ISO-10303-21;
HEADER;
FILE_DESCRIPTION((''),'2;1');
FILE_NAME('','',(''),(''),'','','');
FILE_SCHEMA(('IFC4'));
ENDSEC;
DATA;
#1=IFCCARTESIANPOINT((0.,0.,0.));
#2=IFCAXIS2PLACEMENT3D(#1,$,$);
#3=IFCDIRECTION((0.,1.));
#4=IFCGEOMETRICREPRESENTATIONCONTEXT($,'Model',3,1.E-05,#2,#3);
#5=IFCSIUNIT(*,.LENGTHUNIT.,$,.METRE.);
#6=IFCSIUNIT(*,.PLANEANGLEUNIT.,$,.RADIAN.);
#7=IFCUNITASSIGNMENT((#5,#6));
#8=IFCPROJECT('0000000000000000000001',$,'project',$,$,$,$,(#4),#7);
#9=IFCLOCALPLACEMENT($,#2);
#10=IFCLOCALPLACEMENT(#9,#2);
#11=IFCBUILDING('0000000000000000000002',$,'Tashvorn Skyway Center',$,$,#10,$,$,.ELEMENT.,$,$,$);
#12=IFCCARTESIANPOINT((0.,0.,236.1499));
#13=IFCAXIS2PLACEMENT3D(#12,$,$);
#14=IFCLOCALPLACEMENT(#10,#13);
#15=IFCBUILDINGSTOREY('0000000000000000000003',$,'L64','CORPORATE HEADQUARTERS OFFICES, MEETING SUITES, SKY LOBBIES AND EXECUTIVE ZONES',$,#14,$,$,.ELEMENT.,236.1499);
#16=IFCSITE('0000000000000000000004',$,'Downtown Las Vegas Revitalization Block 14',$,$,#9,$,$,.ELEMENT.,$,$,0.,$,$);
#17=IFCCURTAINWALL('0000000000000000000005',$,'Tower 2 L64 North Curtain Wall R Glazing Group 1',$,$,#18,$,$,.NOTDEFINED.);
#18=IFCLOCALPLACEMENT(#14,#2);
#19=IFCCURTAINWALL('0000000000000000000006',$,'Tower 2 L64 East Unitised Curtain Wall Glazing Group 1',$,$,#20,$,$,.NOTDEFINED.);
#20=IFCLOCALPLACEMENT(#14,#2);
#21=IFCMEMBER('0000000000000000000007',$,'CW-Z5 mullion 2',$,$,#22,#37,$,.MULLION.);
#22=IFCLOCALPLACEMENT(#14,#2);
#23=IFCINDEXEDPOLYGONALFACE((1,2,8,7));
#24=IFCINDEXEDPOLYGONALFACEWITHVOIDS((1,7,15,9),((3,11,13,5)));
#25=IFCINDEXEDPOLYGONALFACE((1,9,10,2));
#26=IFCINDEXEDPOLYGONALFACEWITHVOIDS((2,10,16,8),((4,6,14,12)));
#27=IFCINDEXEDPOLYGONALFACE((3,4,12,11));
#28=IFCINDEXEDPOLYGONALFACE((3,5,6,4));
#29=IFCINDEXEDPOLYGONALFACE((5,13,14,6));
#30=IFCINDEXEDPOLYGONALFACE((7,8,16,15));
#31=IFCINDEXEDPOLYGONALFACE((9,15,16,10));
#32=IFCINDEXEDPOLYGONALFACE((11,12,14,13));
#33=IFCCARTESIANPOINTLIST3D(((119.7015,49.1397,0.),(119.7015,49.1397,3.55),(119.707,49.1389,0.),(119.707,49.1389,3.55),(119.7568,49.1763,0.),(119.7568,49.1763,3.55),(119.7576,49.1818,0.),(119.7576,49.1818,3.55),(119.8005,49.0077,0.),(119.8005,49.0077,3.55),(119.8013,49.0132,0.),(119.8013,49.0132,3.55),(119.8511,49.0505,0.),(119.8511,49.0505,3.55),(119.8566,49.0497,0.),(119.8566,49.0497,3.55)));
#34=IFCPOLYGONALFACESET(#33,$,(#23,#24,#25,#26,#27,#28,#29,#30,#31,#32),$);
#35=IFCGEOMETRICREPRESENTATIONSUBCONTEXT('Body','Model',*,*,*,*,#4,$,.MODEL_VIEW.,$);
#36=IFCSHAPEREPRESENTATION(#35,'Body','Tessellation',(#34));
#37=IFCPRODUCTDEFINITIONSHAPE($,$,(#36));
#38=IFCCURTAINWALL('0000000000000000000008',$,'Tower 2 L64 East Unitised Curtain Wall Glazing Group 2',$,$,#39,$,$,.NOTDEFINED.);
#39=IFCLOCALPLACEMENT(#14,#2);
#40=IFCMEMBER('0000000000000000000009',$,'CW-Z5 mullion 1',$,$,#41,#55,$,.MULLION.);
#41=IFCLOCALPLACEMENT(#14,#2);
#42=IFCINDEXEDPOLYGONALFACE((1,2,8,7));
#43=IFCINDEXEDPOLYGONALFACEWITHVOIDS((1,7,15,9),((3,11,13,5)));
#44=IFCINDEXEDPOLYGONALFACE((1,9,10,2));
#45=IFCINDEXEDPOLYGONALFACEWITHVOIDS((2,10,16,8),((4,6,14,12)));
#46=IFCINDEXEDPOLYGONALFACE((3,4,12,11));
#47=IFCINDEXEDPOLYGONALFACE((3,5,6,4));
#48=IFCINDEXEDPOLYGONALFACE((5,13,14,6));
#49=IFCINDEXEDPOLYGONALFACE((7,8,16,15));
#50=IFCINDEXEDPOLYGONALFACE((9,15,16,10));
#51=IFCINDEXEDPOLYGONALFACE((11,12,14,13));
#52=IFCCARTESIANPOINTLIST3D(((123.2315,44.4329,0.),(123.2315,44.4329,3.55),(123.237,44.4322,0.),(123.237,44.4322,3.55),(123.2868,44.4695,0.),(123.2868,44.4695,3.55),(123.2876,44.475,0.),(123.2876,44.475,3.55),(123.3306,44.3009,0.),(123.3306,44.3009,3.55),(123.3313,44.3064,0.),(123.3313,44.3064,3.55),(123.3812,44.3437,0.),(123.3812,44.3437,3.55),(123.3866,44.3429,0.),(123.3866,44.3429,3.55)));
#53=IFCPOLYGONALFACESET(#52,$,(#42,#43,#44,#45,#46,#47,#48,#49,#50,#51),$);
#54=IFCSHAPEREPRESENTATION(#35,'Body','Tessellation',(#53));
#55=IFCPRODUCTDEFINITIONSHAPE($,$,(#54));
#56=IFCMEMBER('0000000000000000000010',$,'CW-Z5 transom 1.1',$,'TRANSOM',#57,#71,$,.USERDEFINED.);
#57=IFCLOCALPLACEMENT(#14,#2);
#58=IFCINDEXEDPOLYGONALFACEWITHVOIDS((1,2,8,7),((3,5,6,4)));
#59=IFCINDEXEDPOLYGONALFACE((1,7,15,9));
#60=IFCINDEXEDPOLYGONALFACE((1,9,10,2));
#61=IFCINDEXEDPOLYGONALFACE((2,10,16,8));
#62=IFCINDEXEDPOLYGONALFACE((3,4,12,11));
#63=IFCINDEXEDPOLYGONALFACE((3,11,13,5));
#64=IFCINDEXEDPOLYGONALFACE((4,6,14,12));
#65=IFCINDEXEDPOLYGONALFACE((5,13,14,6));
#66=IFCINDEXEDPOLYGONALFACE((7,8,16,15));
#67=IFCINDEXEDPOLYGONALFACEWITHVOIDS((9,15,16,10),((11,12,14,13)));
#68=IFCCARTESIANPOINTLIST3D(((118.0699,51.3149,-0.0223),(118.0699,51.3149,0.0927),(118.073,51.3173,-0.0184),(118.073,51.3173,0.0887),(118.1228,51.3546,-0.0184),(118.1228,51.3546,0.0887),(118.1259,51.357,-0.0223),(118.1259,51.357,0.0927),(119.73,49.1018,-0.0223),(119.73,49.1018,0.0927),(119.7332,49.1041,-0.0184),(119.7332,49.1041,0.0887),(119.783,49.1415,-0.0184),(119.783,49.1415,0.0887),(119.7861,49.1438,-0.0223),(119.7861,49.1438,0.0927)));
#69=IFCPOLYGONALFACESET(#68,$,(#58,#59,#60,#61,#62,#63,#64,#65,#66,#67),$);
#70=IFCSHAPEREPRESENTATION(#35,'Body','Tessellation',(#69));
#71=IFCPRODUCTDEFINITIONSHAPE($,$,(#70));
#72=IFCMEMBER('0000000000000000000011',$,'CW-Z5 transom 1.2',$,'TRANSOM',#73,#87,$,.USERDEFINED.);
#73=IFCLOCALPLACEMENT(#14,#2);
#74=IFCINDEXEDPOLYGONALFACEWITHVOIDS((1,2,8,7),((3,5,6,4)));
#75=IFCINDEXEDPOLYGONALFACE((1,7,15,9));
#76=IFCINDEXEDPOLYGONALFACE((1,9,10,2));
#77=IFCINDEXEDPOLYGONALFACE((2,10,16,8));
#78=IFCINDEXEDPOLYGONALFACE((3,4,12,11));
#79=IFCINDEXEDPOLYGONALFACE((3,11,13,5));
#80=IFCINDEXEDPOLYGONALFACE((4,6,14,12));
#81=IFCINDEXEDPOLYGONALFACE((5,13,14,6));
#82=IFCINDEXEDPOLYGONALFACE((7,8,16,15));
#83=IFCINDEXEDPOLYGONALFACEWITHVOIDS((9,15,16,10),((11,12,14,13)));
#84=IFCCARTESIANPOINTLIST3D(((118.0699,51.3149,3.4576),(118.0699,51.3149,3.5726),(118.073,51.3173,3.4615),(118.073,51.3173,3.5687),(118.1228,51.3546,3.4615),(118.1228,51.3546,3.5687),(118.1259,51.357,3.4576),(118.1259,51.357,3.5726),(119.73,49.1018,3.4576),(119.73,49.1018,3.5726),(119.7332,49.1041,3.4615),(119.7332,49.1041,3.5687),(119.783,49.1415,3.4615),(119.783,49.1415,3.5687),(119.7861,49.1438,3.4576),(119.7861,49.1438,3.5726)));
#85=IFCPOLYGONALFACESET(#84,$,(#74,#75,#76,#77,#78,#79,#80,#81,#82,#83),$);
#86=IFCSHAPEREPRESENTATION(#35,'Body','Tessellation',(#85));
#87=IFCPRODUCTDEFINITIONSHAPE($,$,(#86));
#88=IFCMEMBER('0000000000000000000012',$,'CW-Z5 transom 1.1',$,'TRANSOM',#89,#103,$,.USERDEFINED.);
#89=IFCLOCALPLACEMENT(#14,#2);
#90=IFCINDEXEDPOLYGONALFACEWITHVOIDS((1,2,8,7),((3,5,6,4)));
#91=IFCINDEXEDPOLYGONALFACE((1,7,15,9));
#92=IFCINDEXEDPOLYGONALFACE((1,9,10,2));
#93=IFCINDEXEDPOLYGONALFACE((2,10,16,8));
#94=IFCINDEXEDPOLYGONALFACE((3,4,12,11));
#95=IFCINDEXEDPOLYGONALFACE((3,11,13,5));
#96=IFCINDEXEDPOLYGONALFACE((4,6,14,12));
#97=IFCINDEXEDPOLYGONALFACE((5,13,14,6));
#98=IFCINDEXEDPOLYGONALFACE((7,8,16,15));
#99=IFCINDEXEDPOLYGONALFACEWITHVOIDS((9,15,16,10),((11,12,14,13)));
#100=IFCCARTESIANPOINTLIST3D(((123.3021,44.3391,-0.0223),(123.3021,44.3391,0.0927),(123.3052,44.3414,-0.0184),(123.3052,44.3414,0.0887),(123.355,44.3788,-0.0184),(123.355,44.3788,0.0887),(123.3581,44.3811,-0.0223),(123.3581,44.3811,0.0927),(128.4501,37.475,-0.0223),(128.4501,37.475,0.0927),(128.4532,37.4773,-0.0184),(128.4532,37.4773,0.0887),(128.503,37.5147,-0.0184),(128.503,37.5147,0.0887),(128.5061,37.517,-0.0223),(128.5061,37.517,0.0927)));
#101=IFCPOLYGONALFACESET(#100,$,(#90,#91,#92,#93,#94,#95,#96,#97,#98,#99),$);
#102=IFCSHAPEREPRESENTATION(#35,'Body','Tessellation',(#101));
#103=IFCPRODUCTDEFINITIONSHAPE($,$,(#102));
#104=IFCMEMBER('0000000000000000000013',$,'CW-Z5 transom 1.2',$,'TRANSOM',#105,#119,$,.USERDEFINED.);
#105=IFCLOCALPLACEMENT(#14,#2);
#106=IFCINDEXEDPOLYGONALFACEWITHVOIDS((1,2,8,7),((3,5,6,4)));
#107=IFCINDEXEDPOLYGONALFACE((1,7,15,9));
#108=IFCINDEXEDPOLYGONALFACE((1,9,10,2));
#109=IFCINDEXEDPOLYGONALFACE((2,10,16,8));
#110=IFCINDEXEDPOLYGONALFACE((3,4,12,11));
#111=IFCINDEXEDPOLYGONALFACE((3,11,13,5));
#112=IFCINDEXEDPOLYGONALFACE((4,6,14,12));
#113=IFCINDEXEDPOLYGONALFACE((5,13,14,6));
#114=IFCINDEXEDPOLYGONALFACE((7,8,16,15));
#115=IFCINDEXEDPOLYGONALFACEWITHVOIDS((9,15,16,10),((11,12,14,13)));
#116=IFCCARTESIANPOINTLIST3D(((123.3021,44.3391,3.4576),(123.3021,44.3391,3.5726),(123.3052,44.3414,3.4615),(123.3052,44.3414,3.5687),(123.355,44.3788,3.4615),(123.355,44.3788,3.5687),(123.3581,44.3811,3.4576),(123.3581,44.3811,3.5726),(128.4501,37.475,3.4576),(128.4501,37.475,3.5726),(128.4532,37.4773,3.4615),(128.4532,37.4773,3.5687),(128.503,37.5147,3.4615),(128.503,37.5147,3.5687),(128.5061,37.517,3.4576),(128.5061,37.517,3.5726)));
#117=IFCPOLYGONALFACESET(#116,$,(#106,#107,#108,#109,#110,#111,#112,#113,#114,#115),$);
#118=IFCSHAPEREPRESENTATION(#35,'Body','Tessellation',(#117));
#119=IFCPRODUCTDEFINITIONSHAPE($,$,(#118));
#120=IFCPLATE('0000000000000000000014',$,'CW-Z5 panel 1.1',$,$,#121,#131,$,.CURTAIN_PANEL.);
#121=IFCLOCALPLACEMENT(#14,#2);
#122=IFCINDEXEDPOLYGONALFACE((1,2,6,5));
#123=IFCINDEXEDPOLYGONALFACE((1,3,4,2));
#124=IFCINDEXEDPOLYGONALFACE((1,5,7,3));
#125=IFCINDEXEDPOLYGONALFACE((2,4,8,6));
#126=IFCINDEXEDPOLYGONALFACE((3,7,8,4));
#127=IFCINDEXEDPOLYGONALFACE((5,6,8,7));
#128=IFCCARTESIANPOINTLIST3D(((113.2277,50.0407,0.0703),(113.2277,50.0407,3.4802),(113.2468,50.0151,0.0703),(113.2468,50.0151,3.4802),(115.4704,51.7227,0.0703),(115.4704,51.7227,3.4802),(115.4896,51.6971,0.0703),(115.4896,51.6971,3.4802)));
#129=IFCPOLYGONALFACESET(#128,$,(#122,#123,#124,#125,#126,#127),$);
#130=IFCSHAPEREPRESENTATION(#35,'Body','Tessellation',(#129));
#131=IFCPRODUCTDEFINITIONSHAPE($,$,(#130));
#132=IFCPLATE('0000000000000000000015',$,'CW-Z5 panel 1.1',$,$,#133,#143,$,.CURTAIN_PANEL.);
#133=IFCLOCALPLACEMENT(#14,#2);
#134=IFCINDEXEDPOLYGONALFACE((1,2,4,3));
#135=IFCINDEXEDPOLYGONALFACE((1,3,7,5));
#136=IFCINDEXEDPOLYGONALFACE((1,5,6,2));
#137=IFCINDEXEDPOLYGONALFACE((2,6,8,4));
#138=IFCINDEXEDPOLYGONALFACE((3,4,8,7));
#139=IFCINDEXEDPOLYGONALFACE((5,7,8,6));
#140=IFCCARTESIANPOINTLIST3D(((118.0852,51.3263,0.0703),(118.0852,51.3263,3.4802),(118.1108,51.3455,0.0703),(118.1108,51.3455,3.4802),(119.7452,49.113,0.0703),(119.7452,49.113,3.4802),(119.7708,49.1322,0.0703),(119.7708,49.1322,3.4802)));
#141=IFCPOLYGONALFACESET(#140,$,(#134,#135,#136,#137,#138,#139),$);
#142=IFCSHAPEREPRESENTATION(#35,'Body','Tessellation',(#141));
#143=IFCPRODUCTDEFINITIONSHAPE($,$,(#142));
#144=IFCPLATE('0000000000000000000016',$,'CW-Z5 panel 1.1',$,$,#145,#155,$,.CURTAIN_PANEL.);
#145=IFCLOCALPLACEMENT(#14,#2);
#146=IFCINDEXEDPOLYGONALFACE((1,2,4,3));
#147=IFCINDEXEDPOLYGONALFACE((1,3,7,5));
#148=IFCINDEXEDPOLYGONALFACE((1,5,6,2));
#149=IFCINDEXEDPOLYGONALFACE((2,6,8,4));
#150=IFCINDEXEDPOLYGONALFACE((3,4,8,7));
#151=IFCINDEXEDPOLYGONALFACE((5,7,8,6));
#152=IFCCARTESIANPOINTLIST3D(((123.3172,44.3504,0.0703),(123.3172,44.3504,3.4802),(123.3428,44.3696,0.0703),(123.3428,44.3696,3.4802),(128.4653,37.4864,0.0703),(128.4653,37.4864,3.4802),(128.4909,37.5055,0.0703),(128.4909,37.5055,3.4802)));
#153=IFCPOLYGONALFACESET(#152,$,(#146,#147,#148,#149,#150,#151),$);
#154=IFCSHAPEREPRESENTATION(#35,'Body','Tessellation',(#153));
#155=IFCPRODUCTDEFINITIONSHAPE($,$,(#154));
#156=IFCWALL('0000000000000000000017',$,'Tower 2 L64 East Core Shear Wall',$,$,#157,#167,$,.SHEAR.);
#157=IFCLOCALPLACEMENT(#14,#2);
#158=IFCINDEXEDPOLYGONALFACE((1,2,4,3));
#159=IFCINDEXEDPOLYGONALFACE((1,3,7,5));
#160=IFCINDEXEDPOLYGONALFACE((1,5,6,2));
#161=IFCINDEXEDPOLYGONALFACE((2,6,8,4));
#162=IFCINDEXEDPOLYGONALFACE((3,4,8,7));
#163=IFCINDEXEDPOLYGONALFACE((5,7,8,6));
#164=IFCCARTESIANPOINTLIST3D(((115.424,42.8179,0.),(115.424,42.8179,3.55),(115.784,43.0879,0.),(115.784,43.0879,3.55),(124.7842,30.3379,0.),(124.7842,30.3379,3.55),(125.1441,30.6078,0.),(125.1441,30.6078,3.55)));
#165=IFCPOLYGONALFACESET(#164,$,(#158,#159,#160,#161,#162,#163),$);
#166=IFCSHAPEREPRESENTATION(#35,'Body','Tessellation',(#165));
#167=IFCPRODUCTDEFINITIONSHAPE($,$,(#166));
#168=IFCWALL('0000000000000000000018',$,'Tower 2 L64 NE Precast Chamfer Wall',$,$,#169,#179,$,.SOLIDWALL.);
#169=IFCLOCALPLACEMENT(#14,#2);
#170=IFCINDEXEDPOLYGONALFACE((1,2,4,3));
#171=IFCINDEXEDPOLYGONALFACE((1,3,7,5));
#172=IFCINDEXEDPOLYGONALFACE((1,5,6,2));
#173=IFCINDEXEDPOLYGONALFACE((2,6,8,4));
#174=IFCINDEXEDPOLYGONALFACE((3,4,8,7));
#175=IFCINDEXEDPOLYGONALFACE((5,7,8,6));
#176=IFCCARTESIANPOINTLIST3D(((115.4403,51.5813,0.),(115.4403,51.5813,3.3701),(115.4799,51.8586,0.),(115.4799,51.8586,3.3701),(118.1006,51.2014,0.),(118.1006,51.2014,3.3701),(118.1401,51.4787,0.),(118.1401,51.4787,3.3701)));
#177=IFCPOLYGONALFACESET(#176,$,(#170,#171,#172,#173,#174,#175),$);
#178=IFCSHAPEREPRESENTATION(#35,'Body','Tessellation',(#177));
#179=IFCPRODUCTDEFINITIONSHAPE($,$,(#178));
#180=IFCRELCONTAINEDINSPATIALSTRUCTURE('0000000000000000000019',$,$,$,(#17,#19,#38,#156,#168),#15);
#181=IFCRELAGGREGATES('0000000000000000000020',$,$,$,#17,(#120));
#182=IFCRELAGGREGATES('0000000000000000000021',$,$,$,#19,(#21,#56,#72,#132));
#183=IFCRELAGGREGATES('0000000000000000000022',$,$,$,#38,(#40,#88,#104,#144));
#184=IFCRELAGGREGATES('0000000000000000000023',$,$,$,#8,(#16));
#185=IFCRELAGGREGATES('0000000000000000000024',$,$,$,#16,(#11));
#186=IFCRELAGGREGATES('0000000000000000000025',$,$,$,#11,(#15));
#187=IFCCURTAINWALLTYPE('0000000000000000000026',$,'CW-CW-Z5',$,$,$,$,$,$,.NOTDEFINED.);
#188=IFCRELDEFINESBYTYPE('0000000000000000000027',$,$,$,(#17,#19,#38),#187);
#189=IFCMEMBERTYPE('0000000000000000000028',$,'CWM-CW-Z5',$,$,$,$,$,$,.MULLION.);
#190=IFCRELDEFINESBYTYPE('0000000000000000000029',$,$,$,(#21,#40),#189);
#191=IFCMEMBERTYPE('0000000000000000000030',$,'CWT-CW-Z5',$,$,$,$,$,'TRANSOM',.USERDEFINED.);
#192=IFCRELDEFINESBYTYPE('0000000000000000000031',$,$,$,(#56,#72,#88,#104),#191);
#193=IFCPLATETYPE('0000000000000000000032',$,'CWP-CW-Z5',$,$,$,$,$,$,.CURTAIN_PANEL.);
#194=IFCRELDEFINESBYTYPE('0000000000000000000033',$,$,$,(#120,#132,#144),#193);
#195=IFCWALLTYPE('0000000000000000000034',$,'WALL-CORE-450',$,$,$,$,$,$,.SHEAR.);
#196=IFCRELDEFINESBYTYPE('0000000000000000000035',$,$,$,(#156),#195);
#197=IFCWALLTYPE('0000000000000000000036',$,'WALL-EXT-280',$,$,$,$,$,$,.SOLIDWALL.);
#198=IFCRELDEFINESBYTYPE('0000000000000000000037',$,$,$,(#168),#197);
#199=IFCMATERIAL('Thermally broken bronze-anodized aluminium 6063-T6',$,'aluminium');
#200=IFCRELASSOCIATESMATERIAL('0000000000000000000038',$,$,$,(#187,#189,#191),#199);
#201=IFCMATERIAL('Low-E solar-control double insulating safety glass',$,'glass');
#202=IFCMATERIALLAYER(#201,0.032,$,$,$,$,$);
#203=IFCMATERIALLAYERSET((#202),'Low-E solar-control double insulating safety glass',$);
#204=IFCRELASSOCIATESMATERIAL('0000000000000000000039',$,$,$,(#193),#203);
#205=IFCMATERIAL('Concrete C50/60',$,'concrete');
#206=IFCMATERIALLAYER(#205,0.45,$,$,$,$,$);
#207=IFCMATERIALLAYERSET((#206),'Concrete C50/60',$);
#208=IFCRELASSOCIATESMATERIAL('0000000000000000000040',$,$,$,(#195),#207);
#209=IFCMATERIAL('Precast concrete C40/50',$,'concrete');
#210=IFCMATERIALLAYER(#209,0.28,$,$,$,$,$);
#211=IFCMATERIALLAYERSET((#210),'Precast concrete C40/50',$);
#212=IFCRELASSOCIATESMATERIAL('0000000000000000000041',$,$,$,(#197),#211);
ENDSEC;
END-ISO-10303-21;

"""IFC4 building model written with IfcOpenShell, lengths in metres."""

from ifc_helpers import new_model, si_unit, direction, frame, frame_2d, origin, origin_2d, place, context, subcontext, project, spatial, rectangle, hollow_rectangle, extrude, material, layer, layer_set, material_profile, profile_set, type_object, element, aggregate, save


model = new_model("IFC4")

# Units and contexts
model_context = context("Model", 3, precision=1e-05, world=origin(), true_north=direction((0.0, 1.0)))
body_context = subcontext(model_context, "Body", "Model", "MODEL_VIEW")
ifc_project = project(units=[si_unit("LENGTHUNIT", "METRE"), si_unit("PLANEANGLEUNIT", "RADIAN")], contexts=[model_context])

# Site, building, storey
site_placement = place(None, origin())
site = spatial("IfcSite", under=ifc_project, at=site_placement, Name="Downtown Las Vegas Revitalization Block 14", CompositionType="ELEMENT", RefElevation=0.0)
building_placement = place(site_placement, origin())
building = spatial("IfcBuilding", under=site, at=building_placement, Name="Tashvorn Skyway Center", CompositionType="ELEMENT")
storey_placement = place(building_placement, frame((0.0, 0.0, 236.1499)))
storey = spatial("IfcBuildingStorey", under=building, at=storey_placement, Name="L64", Description="CORPORATE HEADQUARTERS OFFICES, MEETING SUITES, SKY LOBBIES AND EXECUTIVE ZONES", CompositionType="ELEMENT", Elevation=236.1499)

# Curtain wall
ifc_material_1 = material(Name="Thermally broken bronze-anodized aluminium 6063-T6", Category="aluminium")
curtain_wall_type = type_object("IfcCurtainWallType", Name="CW-CW-Z5", PredefinedType="NOTDEFINED", material=ifc_material_1)
curtain_wall_1_placement = place(storey_placement, origin())
curtain_wall_1 = element("IfcCurtainWall", 1, at=curtain_wall_1_placement, inside=storey, type_object=curtain_wall_type, Name="Tower 2 L64 North Curtain Wall R Glazing Group 1", PredefinedType="NOTDEFINED")
ifc_material_profile_1 = material_profile(ifc_material_1, hollow_rectangle(XDim=0.0701, YDim=0.165, WallThickness=0.0039, at=origin_2d()), Name="ALU-MULL-70x165")
ifc_profile_set_1 = profile_set([ifc_material_profile_1], Name="Thermally broken bronze-anodized aluminium 6063-T6")
member_type_1 = type_object("IfcMemberType", Name="CWM-CW-Z5", PredefinedType="MULLION", material=ifc_profile_set_1)

# Curtain wall, member
curtain_wall_2_placement = place(storey_placement, origin())
curtain_wall_2 = element("IfcCurtainWall", 2, at=curtain_wall_2_placement, inside=storey, type_object=curtain_wall_type, Name="Tower 2 L64 East Unitised Curtain Wall Glazing Group 1", PredefinedType="NOTDEFINED")
member_1_placement = place(storey_placement, frame((119.7791, 49.0947, 0.0), z_axis=(0.0, 0.0, 1.0), x_axis=(0.799996, 0.600006, 0.0)))
member_1 = element("IfcMember", 3, at=member_1_placement, type_object=member_type_1, Name="CW-Z5 mullion 2", PredefinedType="MULLION", context=body_context, shape_type="SweptSolid", body=[
    extrude(hollow_rectangle(XDim=0.0701, YDim=0.165, WallThickness=0.0039, at=origin_2d()), origin(), (0.0, 0.0, 1.0), 3.55),
])

# Curtain wall, member
curtain_wall_3_placement = place(storey_placement, origin())
curtain_wall_3 = element("IfcCurtainWall", 4, at=curtain_wall_3_placement, inside=storey, type_object=curtain_wall_type, Name="Tower 2 L64 East Unitised Curtain Wall Glazing Group 2", PredefinedType="NOTDEFINED")
member_2_placement = place(storey_placement, frame((123.3091, 44.3879, 0.0), z_axis=(0.0, 0.0, 1.0), x_axis=(0.8, 0.6, 0.0)))
member_2 = element("IfcMember", 5, at=member_2_placement, type_object=member_type_1, Name="CW-Z5 mullion 1", PredefinedType="MULLION", context=body_context, shape_type="SweptSolid", body=[
    extrude(hollow_rectangle(XDim=0.0701, YDim=0.165, WallThickness=0.0039, at=origin_2d()), origin(), (0.0, 0.0, 1.0), 3.55),
])

# Members
ifc_material_profile_2 = material_profile(ifc_material_1, hollow_rectangle(XDim=0.0701, YDim=0.115, WallThickness=0.0039, at=origin_2d()), Name="ALU-TRAN-70x115")
ifc_profile_set_2 = profile_set([ifc_material_profile_2], Name="Thermally broken bronze-anodized aluminium 6063-T6")
member_type_2 = type_object("IfcMemberType", Name="CWT-CW-Z5", ElementType="TRANSOM", PredefinedType="USERDEFINED", material=ifc_profile_set_2)
member_3_placement = place(storey_placement, frame((118.0979, 51.3359, 0.0352), z_axis=(0.600071, -0.799947, 0.0), x_axis=(0.799947, 0.600071, 0.0)))
member_3 = element("IfcMember", 6, at=member_3_placement, type_object=member_type_2, Name="CW-Z5 transom 1.1", ObjectType="TRANSOM", PredefinedType="USERDEFINED", context=body_context, shape_type="SweptSolid", body=[
    extrude(hollow_rectangle(XDim=0.0701, YDim=0.115, WallThickness=0.0039, at=origin_2d()), origin(), (0.0, 0.0, 1.0), 2.7666),
])
member_4_placement = place(storey_placement, frame((118.0979, 51.3359, 3.5151), z_axis=(0.600071, -0.799947, 0.0), x_axis=(0.799947, 0.600071, 0.0)))
member_4 = element("IfcMember", 7, at=member_4_placement, type_object=member_type_2, Name="CW-Z5 transom 1.2", ObjectType="TRANSOM", PredefinedType="USERDEFINED", context=body_context, shape_type="SweptSolid", body=[
    extrude(hollow_rectangle(XDim=0.0701, YDim=0.115, WallThickness=0.0039, at=origin_2d()), origin(), (0.0, 0.0, 1.0), 2.7666),
])
member_5_placement = place(storey_placement, frame((123.3301, 44.3601, 0.0352), z_axis=(0.599995, -0.800003, 0.0), x_axis=(0.800003, 0.599995, 0.0)))
member_5 = element("IfcMember", 8, at=member_5_placement, type_object=member_type_2, Name="CW-Z5 transom 1.1", ObjectType="TRANSOM", PredefinedType="USERDEFINED", context=body_context, shape_type="SweptSolid", body=[
    extrude(hollow_rectangle(XDim=0.0701, YDim=0.115, WallThickness=0.0039, at=origin_2d()), origin(), (0.0, 0.0, 1.0), 8.5801),
])
member_6_placement = place(storey_placement, frame((123.3301, 44.3601, 3.5151), z_axis=(0.599995, -0.800003, 0.0), x_axis=(0.800003, 0.599995, 0.0)))
member_6 = element("IfcMember", 9, at=member_6_placement, type_object=member_type_2, Name="CW-Z5 transom 1.2", ObjectType="TRANSOM", PredefinedType="USERDEFINED", context=body_context, shape_type="SweptSolid", body=[
    extrude(hollow_rectangle(XDim=0.0701, YDim=0.115, WallThickness=0.0039, at=origin_2d()), origin(), (0.0, 0.0, 1.0), 8.5801),
])

# Plates
ifc_material_2 = material(Name="Low-E solar-control double insulating safety glass", Category="glass")
ifc_layer_1 = layer(ifc_material_2, 0.032)
ifc_layer_set_1 = layer_set([ifc_layer_1], Name="Low-E solar-control double insulating safety glass")
plate_type = type_object("IfcPlateType", Name="CWP-CW-Z5", PredefinedType="CURTAIN_PANEL", material=ifc_layer_set_1)
plate_1_placement = place(storey_placement, frame((114.3586, 50.8689, 0.0703), z_axis=(0.0, 0.0, 1.0), x_axis=(0.800004, 0.599995, 0.0)))
plate_1 = element("IfcPlate", 10, at=plate_1_placement, type_object=plate_type, Name="CW-Z5 panel 1.1", PredefinedType="CURTAIN_PANEL", context=body_context, shape_type="SweptSolid", body=[
    extrude(rectangle(XDim=2.8035, YDim=0.032, at=origin_2d()), origin(), (0.0, 0.0, 1.0), 3.4099),
])
aggregate(curtain_wall_1, [plate_1])
plate_2_placement = place(storey_placement, frame((118.928, 50.2292, 0.0703), z_axis=(0.0, 0.0, 1.0), x_axis=(0.600006, -0.799996, 0.0)))
plate_2 = element("IfcPlate", 11, at=plate_2_placement, type_object=plate_type, Name="CW-Z5 panel 1.1", PredefinedType="CURTAIN_PANEL", context=body_context, shape_type="SweptSolid", body=[
    extrude(rectangle(XDim=2.7666, YDim=0.032, at=origin_2d()), origin(), (0.0, 0.0, 1.0), 3.4099),
])
aggregate(curtain_wall_2, [member_1, member_3, member_4, plate_2])
plate_3_placement = place(storey_placement, frame((125.9041, 40.928, 0.0703), z_axis=(0.0, 0.0, 1.0), x_axis=(0.6, -0.8, 0.0)))
plate_3 = element("IfcPlate", 12, at=plate_3_placement, type_object=plate_type, Name="CW-Z5 panel 1.1", PredefinedType="CURTAIN_PANEL", context=body_context, shape_type="SweptSolid", body=[
    extrude(rectangle(XDim=8.5801, YDim=0.032, at=origin_2d()), origin(), (0.0, 0.0, 1.0), 3.4099),
])
aggregate(curtain_wall_3, [member_2, member_5, member_6, plate_3])

# Walls
ifc_material_3 = material(Name="Concrete C50/60", Category="concrete")
ifc_layer_2 = layer(ifc_material_3, 0.45)
ifc_layer_set_2 = layer_set([ifc_layer_2], Name="Concrete C50/60")
wall_type_1 = type_object("IfcWallType", Name="WALL-CORE-450", PredefinedType="SHEAR", material=ifc_layer_set_2)
wall_1_placement = place(storey_placement, frame((115.604, 42.9529, 0.0), z_axis=(0.0, 0.0, 1.0), x_axis=(0.600005, -0.799996, 0.0)))
element("IfcWall", 13, at=wall_1_placement, inside=storey, type_object=wall_type_1, Name="Tower 2 L64 East Core Shear Wall", PredefinedType="SHEAR", context=body_context, shape_type="SweptSolid", body=[
    extrude(rectangle(XDim=15.6001, YDim=0.45, at=frame_2d((7.8, 0.0))), origin(), (0.0, 0.0, 1.0), 3.55),
])
ifc_material_4 = material(Name="Precast concrete C40/50", Category="concrete")
ifc_layer_3 = layer(ifc_material_4, 0.28)
ifc_layer_set_3 = layer_set([ifc_layer_3], Name="Precast concrete C40/50")
wall_type_2 = type_object("IfcWallType", Name="WALL-EXT-280", PredefinedType="SOLIDWALL", material=ifc_layer_set_3)
wall_2_placement = place(storey_placement, frame((115.46, 51.72, 0.0), z_axis=(0.0, 0.0, 1.0), x_axis=(0.989957, -0.14137, 0.0)))
element("IfcWall", 14, at=wall_2_placement, inside=storey, type_object=wall_type_2, Name="Tower 2 L64 NE Precast Chamfer Wall", PredefinedType="SOLIDWALL", context=body_context, shape_type="SweptSolid", body=[
    extrude(rectangle(XDim=2.6873, YDim=0.28, at=frame_2d((1.3438, 0.0))), origin(), (0.0, 0.0, 1.0), 3.3701),
])

save(model, "model.ifc")
